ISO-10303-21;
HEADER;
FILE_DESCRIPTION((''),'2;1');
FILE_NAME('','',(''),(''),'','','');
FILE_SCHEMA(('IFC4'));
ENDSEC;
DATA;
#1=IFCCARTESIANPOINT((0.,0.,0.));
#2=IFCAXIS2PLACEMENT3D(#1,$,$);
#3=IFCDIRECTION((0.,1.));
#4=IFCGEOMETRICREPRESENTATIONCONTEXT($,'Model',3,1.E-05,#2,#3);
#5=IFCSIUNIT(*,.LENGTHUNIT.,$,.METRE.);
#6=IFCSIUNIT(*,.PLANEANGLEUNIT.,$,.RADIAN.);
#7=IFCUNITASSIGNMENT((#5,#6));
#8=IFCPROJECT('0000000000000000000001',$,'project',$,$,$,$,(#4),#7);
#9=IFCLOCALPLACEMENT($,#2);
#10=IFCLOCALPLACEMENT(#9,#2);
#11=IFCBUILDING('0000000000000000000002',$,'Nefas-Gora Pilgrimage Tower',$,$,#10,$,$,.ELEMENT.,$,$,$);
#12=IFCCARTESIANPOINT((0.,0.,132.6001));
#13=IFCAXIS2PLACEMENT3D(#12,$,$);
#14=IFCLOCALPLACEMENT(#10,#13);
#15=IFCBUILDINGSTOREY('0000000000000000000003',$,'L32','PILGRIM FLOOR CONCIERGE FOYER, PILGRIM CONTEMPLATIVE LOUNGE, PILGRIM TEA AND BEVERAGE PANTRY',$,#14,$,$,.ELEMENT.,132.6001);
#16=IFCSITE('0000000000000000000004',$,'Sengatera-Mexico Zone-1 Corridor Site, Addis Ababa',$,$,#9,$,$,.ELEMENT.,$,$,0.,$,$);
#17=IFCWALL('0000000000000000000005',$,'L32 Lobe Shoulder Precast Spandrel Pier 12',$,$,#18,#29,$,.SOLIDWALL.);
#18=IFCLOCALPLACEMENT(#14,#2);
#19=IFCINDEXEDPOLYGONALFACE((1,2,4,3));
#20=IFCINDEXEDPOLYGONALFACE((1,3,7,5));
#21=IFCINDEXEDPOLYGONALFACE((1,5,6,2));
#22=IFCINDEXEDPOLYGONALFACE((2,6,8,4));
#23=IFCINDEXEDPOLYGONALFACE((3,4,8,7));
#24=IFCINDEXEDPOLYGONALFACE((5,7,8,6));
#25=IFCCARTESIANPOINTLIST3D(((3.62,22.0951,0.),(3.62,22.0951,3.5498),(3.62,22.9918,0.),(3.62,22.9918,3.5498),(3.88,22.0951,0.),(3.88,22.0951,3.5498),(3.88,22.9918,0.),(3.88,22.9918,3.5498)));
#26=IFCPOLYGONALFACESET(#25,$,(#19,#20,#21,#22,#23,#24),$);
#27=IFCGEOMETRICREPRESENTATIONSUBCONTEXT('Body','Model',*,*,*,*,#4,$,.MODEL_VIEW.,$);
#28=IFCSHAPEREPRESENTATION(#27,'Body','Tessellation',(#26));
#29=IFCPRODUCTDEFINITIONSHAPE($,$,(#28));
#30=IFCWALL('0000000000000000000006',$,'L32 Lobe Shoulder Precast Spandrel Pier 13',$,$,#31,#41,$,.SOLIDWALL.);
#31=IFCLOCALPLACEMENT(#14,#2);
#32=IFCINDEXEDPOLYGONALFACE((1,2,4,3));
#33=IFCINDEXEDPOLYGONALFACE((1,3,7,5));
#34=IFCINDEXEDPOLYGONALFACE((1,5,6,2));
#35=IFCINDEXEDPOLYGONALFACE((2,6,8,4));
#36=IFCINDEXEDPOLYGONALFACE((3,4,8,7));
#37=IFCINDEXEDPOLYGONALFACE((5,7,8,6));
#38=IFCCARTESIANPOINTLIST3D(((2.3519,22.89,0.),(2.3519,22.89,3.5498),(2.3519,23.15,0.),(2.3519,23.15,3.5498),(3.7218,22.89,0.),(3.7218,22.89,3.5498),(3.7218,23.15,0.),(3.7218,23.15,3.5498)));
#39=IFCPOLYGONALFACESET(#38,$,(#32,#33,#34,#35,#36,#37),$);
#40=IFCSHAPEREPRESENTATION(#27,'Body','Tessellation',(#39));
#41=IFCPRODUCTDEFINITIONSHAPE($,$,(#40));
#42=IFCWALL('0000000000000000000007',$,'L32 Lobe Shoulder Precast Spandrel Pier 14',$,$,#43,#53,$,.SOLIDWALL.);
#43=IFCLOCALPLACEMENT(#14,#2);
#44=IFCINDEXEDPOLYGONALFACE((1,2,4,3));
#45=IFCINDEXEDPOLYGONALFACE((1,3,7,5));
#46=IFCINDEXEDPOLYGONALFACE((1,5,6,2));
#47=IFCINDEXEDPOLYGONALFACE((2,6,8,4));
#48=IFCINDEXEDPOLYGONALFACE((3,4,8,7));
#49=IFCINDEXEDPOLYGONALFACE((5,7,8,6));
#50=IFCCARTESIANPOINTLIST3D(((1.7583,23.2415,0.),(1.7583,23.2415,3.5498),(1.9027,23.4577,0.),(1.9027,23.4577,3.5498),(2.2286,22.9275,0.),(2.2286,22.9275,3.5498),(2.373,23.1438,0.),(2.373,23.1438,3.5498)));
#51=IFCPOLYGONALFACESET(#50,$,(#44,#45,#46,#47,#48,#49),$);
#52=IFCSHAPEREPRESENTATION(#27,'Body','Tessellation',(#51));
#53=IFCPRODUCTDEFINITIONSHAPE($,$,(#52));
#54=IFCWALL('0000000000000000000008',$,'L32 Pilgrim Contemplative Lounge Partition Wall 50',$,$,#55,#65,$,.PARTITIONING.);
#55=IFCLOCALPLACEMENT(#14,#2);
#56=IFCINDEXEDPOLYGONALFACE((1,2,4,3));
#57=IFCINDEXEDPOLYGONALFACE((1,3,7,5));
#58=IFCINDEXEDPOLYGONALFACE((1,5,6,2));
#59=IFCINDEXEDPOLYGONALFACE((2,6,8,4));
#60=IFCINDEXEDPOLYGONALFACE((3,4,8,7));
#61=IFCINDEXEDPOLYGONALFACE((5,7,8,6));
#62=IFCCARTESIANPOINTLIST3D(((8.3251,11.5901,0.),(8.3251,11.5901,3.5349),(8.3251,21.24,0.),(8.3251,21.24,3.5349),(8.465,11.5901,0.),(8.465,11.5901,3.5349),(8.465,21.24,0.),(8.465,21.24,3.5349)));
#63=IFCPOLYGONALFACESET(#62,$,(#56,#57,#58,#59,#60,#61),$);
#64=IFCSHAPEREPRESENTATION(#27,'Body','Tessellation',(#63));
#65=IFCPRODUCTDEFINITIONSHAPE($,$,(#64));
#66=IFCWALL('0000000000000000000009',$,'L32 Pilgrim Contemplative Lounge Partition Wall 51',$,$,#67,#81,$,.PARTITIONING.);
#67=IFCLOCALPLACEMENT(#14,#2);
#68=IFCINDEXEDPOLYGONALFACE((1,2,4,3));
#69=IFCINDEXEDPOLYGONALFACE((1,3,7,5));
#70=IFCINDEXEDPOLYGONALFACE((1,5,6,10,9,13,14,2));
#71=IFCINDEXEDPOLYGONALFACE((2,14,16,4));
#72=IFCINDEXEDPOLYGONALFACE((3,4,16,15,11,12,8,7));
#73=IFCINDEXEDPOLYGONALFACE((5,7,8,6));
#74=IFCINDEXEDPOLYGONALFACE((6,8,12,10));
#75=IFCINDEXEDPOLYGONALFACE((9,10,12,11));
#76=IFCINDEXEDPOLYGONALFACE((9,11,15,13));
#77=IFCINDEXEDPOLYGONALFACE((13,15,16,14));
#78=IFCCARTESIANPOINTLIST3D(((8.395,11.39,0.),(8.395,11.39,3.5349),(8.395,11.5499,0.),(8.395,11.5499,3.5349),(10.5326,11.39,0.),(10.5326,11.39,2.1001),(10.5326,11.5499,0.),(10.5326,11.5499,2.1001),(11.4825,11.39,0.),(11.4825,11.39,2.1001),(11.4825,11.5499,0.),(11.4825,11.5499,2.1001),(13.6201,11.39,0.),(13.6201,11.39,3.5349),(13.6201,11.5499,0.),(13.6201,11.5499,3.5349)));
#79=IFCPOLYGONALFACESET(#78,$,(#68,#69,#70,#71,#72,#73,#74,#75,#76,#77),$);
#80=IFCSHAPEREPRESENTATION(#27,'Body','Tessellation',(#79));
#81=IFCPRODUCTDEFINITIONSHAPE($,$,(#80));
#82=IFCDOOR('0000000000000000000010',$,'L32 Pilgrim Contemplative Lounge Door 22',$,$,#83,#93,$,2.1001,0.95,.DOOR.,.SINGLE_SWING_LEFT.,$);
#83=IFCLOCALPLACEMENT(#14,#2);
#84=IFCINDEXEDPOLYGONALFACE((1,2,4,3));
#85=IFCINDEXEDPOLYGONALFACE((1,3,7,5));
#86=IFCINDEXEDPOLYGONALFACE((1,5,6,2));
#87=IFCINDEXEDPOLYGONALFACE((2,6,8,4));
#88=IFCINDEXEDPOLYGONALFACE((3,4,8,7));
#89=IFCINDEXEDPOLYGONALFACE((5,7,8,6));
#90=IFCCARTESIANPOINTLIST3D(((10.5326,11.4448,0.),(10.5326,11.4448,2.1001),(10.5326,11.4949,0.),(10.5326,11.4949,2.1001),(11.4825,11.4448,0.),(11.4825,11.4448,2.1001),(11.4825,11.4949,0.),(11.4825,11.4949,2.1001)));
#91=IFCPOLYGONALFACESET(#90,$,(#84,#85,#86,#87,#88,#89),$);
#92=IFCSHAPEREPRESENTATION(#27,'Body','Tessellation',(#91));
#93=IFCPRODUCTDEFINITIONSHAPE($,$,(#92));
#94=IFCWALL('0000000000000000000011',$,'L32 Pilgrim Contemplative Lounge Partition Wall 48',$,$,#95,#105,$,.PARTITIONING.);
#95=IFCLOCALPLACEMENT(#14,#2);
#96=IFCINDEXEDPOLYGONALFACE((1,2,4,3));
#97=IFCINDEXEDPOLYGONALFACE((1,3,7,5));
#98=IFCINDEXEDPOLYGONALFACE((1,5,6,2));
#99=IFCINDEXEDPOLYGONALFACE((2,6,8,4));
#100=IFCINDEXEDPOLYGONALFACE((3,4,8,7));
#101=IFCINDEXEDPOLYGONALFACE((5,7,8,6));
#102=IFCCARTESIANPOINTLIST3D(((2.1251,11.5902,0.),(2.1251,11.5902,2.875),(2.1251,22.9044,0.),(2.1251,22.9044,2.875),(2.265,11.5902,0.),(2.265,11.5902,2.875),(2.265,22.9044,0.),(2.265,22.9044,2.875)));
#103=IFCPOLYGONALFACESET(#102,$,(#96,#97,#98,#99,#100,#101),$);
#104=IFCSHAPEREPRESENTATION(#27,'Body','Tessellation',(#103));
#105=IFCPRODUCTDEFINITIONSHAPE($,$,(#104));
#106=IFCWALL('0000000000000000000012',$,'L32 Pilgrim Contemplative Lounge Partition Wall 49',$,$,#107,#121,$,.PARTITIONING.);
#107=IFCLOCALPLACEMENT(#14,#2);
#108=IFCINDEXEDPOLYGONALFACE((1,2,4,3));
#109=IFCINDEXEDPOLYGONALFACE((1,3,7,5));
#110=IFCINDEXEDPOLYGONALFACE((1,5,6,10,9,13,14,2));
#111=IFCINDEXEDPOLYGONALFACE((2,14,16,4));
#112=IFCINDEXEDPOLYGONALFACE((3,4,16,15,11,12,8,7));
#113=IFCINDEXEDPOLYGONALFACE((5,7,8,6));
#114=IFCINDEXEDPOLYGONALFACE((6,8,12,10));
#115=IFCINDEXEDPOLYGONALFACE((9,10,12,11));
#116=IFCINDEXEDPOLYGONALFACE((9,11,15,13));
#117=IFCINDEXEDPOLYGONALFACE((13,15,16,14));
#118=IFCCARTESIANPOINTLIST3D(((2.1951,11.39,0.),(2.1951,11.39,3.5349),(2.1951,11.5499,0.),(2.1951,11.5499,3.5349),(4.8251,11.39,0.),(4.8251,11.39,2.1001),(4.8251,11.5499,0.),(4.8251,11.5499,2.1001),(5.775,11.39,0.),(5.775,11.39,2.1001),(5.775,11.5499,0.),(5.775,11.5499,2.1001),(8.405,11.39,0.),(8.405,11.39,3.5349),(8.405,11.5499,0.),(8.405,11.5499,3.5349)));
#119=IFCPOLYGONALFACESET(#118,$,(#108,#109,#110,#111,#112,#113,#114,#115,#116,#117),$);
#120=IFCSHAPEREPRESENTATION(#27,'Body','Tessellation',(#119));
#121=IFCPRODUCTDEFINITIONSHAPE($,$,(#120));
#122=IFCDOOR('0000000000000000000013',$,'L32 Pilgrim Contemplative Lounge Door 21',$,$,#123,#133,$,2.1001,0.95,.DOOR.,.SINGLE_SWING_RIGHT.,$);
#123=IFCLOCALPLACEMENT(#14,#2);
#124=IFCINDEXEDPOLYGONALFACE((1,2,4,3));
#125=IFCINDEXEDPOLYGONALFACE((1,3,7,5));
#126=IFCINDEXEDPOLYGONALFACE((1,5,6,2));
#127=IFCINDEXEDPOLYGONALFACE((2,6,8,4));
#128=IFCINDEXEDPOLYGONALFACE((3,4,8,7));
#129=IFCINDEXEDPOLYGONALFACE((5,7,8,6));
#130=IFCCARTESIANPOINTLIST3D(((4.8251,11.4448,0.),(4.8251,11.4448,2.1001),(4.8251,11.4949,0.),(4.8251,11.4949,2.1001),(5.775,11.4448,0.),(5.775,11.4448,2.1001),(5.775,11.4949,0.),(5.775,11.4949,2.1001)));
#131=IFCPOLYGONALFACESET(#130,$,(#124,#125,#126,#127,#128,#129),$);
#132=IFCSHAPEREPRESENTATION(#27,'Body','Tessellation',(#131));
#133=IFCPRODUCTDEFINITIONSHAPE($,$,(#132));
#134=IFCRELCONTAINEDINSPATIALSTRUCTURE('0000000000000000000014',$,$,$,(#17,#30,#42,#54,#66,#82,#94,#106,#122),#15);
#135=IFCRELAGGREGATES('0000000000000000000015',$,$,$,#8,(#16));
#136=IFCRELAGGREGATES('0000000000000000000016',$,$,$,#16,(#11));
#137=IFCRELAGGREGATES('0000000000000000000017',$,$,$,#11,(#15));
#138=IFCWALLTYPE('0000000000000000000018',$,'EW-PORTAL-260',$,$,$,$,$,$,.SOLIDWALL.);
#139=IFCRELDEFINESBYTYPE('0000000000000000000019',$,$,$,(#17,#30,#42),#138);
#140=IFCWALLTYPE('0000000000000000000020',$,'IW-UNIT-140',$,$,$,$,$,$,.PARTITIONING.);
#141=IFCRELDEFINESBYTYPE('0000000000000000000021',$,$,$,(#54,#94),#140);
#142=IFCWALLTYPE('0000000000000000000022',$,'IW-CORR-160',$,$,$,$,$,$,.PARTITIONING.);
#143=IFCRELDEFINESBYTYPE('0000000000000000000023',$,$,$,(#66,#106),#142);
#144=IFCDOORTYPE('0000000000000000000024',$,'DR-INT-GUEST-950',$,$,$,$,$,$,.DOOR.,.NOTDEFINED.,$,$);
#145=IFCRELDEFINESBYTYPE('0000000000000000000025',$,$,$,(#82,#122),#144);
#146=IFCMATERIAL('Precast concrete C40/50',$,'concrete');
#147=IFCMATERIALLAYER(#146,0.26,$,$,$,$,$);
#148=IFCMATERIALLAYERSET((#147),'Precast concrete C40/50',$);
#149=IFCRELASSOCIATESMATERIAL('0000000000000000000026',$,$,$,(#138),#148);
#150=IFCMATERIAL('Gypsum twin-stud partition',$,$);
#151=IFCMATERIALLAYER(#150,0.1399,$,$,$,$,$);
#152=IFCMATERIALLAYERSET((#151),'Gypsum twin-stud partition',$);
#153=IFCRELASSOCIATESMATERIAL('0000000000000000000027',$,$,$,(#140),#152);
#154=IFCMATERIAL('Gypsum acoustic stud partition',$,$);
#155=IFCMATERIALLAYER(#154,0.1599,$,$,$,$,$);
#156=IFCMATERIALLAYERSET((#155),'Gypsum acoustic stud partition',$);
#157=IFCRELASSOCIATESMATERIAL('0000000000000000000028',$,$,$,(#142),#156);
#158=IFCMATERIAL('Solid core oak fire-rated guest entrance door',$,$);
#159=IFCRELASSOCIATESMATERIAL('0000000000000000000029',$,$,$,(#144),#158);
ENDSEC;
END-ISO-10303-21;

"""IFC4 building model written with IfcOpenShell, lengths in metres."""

from ifc_helpers import new_model, si_unit, direction, frame, frame_2d, origin, place, context, subcontext, project, spatial, rectangle, extrude, source, transform, mapped, material, layer, layer_set, type_object, element, fill, save


model = new_model("IFC4")

# Units and contexts
model_context = context("Model", 3, precision=1e-05, world=origin(), true_north=direction((0.0, 1.0)))
body_context = subcontext(model_context, "Body", "Model", "MODEL_VIEW")
ifc_project = project(units=[si_unit("LENGTHUNIT", "METRE"), si_unit("PLANEANGLEUNIT", "RADIAN")], contexts=[model_context])

# Site, building, storey
site_placement = place(None, origin())
site = spatial("IfcSite", under=ifc_project, at=site_placement, Name="Sengatera-Mexico Zone-1 Corridor Site, Addis Ababa", CompositionType="ELEMENT", RefElevation=0.0)
building_placement = place(site_placement, origin())
building = spatial("IfcBuilding", under=site, at=building_placement, Name="Nefas-Gora Pilgrimage Tower", CompositionType="ELEMENT")
storey_placement = place(building_placement, frame((0.0, 0.0, 132.6001)))
storey = spatial("IfcBuildingStorey", under=building, at=storey_placement, Name="L32", Description="PILGRIM FLOOR CONCIERGE FOYER, PILGRIM CONTEMPLATIVE LOUNGE, PILGRIM TEA AND BEVERAGE PANTRY", CompositionType="ELEMENT", Elevation=132.6001)

# Walls
ifc_material_1 = material(Name="Precast concrete C40/50", Category="concrete")
ifc_layer_1 = layer(ifc_material_1, 0.26)
ifc_layer_set_1 = layer_set([ifc_layer_1], Name="Precast concrete C40/50")
wall_type_1 = type_object("IfcWallType", Name="EW-PORTAL-260", PredefinedType="SOLIDWALL", material=ifc_layer_set_1)
shared_shape_1 = source(origin(), body_context, "Body", "SweptSolid", [
    extrude(rectangle(XDim=0.8967, YDim=0.26, at=frame_2d((0.4482, 0.0))), origin(), (0.0, 0.0, 1.0), 3.5498),
])
wall_1_placement = place(storey_placement, frame((3.75, 22.0952, 0.0), z_axis=(0.0, 0.0, 1.0), x_axis=(0.0, 1.0, 0.0)))
element("IfcWall", 1, at=wall_1_placement, inside=storey, type_object=wall_type_1, Name="L32 Lobe Shoulder Precast Spandrel Pier 12", PredefinedType="SOLIDWALL", context=body_context, shape_type="MappedRepresentation", body=[
    mapped(shared_shape_1, transform((0.0, 0.0, 0.0), x_axis=(1.0, 0.0, 0.0), y_axis=(0.0, 1.0, 0.0), z_axis=(0.0, 0.0, 1.0), scale=1.0)),
])
shared_shape_2 = source(origin(), body_context, "Body", "SweptSolid", [
    extrude(rectangle(XDim=1.3699, YDim=0.26, at=frame_2d((0.6851, 0.0))), origin(), (0.0, 0.0, 1.0), 3.5498),
])
wall_2_placement = place(storey_placement, frame((3.7219, 23.02, 0.0), z_axis=(0.0, 0.0, 1.0), x_axis=(-1.0, 0.0, 0.0)))
element("IfcWall", 2, at=wall_2_placement, inside=storey, type_object=wall_type_1, Name="L32 Lobe Shoulder Precast Spandrel Pier 13", PredefinedType="SOLIDWALL", context=body_context, shape_type="MappedRepresentation", body=[
    mapped(shared_shape_2, transform((0.0, 0.0, 0.0), x_axis=(1.0, 0.0, 0.0), y_axis=(0.0, 1.0, 0.0), z_axis=(0.0, 0.0, 1.0), scale=1.0)),
])
shared_shape_3 = source(origin(), body_context, "Body", "SweptSolid", [
    extrude(rectangle(XDim=0.5654, YDim=0.26, at=frame_2d((0.2827, 0.0))), origin(), (0.0, 0.0, 1.0), 3.5498),
])
wall_3_placement = place(storey_placement, frame((2.3008, 23.0356, 0.0), z_axis=(0.0, 0.0, 1.0), x_axis=(-0.831651, 0.555298, 0.0)))
element("IfcWall", 3, at=wall_3_placement, inside=storey, type_object=wall_type_1, Name="L32 Lobe Shoulder Precast Spandrel Pier 14", PredefinedType="SOLIDWALL", context=body_context, shape_type="MappedRepresentation", body=[
    mapped(shared_shape_3, transform((0.0, 0.0, 0.0), x_axis=(1.0, 0.0, 0.0), y_axis=(0.0, 1.0, 0.0), z_axis=(0.0, 0.0, 1.0), scale=1.0)),
])
ifc_material_2 = material(Name="Gypsum twin-stud partition")
ifc_layer_2 = layer(ifc_material_2, 0.1399)
ifc_layer_set_2 = layer_set([ifc_layer_2], Name="Gypsum twin-stud partition")
wall_type_2 = type_object("IfcWallType", Name="IW-UNIT-140", PredefinedType="PARTITIONING", material=ifc_layer_set_2)
shared_shape_4 = source(origin(), body_context, "Body", "SweptSolid", [
    extrude(rectangle(XDim=9.6499, YDim=0.1399, at=frame_2d((4.825, 0.0))), origin(), (0.0, 0.0, 1.0), 3.5349),
])
wall_4_placement = place(storey_placement, frame((8.395, 11.5901, 0.0), z_axis=(0.0, 0.0, 1.0), x_axis=(0.0, 1.0, 0.0)))
element("IfcWall", 4, at=wall_4_placement, inside=storey, type_object=wall_type_2, Name="L32 Pilgrim Contemplative Lounge Partition Wall 50", PredefinedType="PARTITIONING", context=body_context, shape_type="MappedRepresentation", body=[
    mapped(shared_shape_4, transform((0.0, 0.0, 0.0), x_axis=(1.0, 0.0, 0.0), y_axis=(0.0, 1.0, 0.0), z_axis=(0.0, 0.0, 1.0), scale=1.0)),
])

# Wall, opening, door
ifc_material_3 = material(Name="Gypsum acoustic stud partition")
ifc_layer_3 = layer(ifc_material_3, 0.1599)
ifc_layer_set_3 = layer_set([ifc_layer_3], Name="Gypsum acoustic stud partition")
wall_type_3 = type_object("IfcWallType", Name="IW-CORR-160", PredefinedType="PARTITIONING", material=ifc_layer_set_3)
shared_shape_5 = source(origin(), body_context, "Body", "SweptSolid", [
    extrude(rectangle(XDim=5.2251, YDim=0.1599, at=frame_2d((2.6125, 0.0))), origin(), (0.0, 0.0, 1.0), 3.5349),
])
wall_5_placement = place(storey_placement, frame((8.395, 11.47, 0.0), z_axis=(0.0, 0.0, 1.0), x_axis=(1.0, 0.0, 0.0)))
wall_5 = element("IfcWall", 5, at=wall_5_placement, inside=storey, type_object=wall_type_3, Name="L32 Pilgrim Contemplative Lounge Partition Wall 51", PredefinedType="PARTITIONING", context=body_context, shape_type="MappedRepresentation", body=[
    mapped(shared_shape_5, transform((0.0, 0.0, 0.0), x_axis=(1.0, 0.0, 0.0), y_axis=(0.0, 1.0, 0.0), z_axis=(0.0, 0.0, 1.0), scale=1.0)),
])
opening_1_placement = place(wall_5_placement, frame((2.1375, 0.0, 0.0)))
opening_1 = element("IfcOpeningElement", 6, at=opening_1_placement, cuts=wall_5, PredefinedType="OPENING", context=body_context, shape_type="SweptSolid", body=[
    extrude(rectangle(XDim=0.95, YDim=2.1001, at=frame_2d((0.4751, 1.05))), frame((0.0, 0.0898, 0.0), z_axis=(0.0, -1.0, 0.0), x_axis=(1.0, 0.0, 0.0)), (0.0, 0.0, 1.0), 0.1799),
])
ifc_material_4 = material(Name="Solid core oak fire-rated guest entrance door")
door_type = type_object("IfcDoorType", Name="DR-INT-GUEST-950", OperationType="NOTDEFINED", PredefinedType="DOOR", material=ifc_material_4)
shared_shape_6 = source(origin(), body_context, "Body", "SweptSolid", [
    extrude(rectangle(XDim=0.95, YDim=2.1001, at=frame_2d((0.4751, 1.05))), frame((0.0, 0.0249, 0.0), z_axis=(0.0, -1.0, 0.0), x_axis=(1.0, 0.0, 0.0)), (0.0, 0.0, 1.0), 0.05),
])
door_1_placement = place(opening_1_placement, origin())
door_1 = element("IfcDoor", 7, at=door_1_placement, inside=storey, type_object=door_type, Name="L32 Pilgrim Contemplative Lounge Door 22", OperationType="SINGLE_SWING_LEFT", OverallHeight=2.1001, OverallWidth=0.95, PredefinedType="DOOR", context=body_context, shape_type="MappedRepresentation", body=[
    mapped(shared_shape_6, transform((0.0, 0.0, 0.0), x_axis=(1.0, 0.0, 0.0), y_axis=(0.0, 1.0, 0.0), z_axis=(0.0, 0.0, 1.0), scale=1.0)),
])
fill(opening_1, door_1)

# Wall
shared_shape_7 = source(origin(), body_context, "Body", "SweptSolid", [
    extrude(rectangle(XDim=11.3142, YDim=0.1399, at=frame_2d((5.6572, 0.0))), origin(), (0.0, 0.0, 1.0), 2.875),
])
wall_6_placement = place(storey_placement, frame((2.1951, 11.5901, 0.0), z_axis=(0.0, 0.0, 1.0), x_axis=(0.0, 1.0, 0.0)))
element("IfcWall", 8, at=wall_6_placement, inside=storey, type_object=wall_type_2, Name="L32 Pilgrim Contemplative Lounge Partition Wall 48", PredefinedType="PARTITIONING", context=body_context, shape_type="MappedRepresentation", body=[
    mapped(shared_shape_7, transform((0.0, 0.0, 0.0), x_axis=(1.0, 0.0, 0.0), y_axis=(0.0, 1.0, 0.0), z_axis=(0.0, 0.0, 1.0), scale=1.0)),
])

# Wall, opening, door
shared_shape_8 = source(origin(), body_context, "Body", "SweptSolid", [
    extrude(rectangle(XDim=6.21, YDim=0.1599, at=frame_2d((3.105, 0.0))), origin(), (0.0, 0.0, 1.0), 3.5349),
])
wall_7_placement = place(storey_placement, frame((2.1951, 11.47, 0.0), z_axis=(0.0, 0.0, 1.0), x_axis=(1.0, 0.0, 0.0)))
wall_7 = element("IfcWall", 9, at=wall_7_placement, inside=storey, type_object=wall_type_3, Name="L32 Pilgrim Contemplative Lounge Partition Wall 49", PredefinedType="PARTITIONING", context=body_context, shape_type="MappedRepresentation", body=[
    mapped(shared_shape_8, transform((0.0, 0.0, 0.0), x_axis=(1.0, 0.0, 0.0), y_axis=(0.0, 1.0, 0.0), z_axis=(0.0, 0.0, 1.0), scale=1.0)),
])
opening_2_placement = place(wall_7_placement, frame((2.6299, 0.0, 0.0)))
opening_2 = element("IfcOpeningElement", 10, at=opening_2_placement, cuts=wall_7, PredefinedType="OPENING", context=body_context, shape_type="SweptSolid", body=[
    extrude(rectangle(XDim=0.95, YDim=2.1001, at=frame_2d((0.4751, 1.05))), frame((0.0, 0.0898, 0.0), z_axis=(0.0, -1.0, 0.0), x_axis=(1.0, 0.0, 0.0)), (0.0, 0.0, 1.0), 0.1799),
])
door_2_placement = place(opening_2_placement, origin())
door_2 = element("IfcDoor", 11, at=door_2_placement, inside=storey, type_object=door_type, Name="L32 Pilgrim Contemplative Lounge Door 21", OperationType="SINGLE_SWING_RIGHT", OverallHeight=2.1001, OverallWidth=0.95, PredefinedType="DOOR", context=body_context, shape_type="MappedRepresentation", body=[
    mapped(shared_shape_6, transform((0.0, 0.0, 0.0), x_axis=(1.0, 0.0, 0.0), y_axis=(0.0, 1.0, 0.0), z_axis=(0.0, 0.0, 1.0), scale=1.0)),
])
fill(opening_2, door_2)

save(model, "model.ifc")
